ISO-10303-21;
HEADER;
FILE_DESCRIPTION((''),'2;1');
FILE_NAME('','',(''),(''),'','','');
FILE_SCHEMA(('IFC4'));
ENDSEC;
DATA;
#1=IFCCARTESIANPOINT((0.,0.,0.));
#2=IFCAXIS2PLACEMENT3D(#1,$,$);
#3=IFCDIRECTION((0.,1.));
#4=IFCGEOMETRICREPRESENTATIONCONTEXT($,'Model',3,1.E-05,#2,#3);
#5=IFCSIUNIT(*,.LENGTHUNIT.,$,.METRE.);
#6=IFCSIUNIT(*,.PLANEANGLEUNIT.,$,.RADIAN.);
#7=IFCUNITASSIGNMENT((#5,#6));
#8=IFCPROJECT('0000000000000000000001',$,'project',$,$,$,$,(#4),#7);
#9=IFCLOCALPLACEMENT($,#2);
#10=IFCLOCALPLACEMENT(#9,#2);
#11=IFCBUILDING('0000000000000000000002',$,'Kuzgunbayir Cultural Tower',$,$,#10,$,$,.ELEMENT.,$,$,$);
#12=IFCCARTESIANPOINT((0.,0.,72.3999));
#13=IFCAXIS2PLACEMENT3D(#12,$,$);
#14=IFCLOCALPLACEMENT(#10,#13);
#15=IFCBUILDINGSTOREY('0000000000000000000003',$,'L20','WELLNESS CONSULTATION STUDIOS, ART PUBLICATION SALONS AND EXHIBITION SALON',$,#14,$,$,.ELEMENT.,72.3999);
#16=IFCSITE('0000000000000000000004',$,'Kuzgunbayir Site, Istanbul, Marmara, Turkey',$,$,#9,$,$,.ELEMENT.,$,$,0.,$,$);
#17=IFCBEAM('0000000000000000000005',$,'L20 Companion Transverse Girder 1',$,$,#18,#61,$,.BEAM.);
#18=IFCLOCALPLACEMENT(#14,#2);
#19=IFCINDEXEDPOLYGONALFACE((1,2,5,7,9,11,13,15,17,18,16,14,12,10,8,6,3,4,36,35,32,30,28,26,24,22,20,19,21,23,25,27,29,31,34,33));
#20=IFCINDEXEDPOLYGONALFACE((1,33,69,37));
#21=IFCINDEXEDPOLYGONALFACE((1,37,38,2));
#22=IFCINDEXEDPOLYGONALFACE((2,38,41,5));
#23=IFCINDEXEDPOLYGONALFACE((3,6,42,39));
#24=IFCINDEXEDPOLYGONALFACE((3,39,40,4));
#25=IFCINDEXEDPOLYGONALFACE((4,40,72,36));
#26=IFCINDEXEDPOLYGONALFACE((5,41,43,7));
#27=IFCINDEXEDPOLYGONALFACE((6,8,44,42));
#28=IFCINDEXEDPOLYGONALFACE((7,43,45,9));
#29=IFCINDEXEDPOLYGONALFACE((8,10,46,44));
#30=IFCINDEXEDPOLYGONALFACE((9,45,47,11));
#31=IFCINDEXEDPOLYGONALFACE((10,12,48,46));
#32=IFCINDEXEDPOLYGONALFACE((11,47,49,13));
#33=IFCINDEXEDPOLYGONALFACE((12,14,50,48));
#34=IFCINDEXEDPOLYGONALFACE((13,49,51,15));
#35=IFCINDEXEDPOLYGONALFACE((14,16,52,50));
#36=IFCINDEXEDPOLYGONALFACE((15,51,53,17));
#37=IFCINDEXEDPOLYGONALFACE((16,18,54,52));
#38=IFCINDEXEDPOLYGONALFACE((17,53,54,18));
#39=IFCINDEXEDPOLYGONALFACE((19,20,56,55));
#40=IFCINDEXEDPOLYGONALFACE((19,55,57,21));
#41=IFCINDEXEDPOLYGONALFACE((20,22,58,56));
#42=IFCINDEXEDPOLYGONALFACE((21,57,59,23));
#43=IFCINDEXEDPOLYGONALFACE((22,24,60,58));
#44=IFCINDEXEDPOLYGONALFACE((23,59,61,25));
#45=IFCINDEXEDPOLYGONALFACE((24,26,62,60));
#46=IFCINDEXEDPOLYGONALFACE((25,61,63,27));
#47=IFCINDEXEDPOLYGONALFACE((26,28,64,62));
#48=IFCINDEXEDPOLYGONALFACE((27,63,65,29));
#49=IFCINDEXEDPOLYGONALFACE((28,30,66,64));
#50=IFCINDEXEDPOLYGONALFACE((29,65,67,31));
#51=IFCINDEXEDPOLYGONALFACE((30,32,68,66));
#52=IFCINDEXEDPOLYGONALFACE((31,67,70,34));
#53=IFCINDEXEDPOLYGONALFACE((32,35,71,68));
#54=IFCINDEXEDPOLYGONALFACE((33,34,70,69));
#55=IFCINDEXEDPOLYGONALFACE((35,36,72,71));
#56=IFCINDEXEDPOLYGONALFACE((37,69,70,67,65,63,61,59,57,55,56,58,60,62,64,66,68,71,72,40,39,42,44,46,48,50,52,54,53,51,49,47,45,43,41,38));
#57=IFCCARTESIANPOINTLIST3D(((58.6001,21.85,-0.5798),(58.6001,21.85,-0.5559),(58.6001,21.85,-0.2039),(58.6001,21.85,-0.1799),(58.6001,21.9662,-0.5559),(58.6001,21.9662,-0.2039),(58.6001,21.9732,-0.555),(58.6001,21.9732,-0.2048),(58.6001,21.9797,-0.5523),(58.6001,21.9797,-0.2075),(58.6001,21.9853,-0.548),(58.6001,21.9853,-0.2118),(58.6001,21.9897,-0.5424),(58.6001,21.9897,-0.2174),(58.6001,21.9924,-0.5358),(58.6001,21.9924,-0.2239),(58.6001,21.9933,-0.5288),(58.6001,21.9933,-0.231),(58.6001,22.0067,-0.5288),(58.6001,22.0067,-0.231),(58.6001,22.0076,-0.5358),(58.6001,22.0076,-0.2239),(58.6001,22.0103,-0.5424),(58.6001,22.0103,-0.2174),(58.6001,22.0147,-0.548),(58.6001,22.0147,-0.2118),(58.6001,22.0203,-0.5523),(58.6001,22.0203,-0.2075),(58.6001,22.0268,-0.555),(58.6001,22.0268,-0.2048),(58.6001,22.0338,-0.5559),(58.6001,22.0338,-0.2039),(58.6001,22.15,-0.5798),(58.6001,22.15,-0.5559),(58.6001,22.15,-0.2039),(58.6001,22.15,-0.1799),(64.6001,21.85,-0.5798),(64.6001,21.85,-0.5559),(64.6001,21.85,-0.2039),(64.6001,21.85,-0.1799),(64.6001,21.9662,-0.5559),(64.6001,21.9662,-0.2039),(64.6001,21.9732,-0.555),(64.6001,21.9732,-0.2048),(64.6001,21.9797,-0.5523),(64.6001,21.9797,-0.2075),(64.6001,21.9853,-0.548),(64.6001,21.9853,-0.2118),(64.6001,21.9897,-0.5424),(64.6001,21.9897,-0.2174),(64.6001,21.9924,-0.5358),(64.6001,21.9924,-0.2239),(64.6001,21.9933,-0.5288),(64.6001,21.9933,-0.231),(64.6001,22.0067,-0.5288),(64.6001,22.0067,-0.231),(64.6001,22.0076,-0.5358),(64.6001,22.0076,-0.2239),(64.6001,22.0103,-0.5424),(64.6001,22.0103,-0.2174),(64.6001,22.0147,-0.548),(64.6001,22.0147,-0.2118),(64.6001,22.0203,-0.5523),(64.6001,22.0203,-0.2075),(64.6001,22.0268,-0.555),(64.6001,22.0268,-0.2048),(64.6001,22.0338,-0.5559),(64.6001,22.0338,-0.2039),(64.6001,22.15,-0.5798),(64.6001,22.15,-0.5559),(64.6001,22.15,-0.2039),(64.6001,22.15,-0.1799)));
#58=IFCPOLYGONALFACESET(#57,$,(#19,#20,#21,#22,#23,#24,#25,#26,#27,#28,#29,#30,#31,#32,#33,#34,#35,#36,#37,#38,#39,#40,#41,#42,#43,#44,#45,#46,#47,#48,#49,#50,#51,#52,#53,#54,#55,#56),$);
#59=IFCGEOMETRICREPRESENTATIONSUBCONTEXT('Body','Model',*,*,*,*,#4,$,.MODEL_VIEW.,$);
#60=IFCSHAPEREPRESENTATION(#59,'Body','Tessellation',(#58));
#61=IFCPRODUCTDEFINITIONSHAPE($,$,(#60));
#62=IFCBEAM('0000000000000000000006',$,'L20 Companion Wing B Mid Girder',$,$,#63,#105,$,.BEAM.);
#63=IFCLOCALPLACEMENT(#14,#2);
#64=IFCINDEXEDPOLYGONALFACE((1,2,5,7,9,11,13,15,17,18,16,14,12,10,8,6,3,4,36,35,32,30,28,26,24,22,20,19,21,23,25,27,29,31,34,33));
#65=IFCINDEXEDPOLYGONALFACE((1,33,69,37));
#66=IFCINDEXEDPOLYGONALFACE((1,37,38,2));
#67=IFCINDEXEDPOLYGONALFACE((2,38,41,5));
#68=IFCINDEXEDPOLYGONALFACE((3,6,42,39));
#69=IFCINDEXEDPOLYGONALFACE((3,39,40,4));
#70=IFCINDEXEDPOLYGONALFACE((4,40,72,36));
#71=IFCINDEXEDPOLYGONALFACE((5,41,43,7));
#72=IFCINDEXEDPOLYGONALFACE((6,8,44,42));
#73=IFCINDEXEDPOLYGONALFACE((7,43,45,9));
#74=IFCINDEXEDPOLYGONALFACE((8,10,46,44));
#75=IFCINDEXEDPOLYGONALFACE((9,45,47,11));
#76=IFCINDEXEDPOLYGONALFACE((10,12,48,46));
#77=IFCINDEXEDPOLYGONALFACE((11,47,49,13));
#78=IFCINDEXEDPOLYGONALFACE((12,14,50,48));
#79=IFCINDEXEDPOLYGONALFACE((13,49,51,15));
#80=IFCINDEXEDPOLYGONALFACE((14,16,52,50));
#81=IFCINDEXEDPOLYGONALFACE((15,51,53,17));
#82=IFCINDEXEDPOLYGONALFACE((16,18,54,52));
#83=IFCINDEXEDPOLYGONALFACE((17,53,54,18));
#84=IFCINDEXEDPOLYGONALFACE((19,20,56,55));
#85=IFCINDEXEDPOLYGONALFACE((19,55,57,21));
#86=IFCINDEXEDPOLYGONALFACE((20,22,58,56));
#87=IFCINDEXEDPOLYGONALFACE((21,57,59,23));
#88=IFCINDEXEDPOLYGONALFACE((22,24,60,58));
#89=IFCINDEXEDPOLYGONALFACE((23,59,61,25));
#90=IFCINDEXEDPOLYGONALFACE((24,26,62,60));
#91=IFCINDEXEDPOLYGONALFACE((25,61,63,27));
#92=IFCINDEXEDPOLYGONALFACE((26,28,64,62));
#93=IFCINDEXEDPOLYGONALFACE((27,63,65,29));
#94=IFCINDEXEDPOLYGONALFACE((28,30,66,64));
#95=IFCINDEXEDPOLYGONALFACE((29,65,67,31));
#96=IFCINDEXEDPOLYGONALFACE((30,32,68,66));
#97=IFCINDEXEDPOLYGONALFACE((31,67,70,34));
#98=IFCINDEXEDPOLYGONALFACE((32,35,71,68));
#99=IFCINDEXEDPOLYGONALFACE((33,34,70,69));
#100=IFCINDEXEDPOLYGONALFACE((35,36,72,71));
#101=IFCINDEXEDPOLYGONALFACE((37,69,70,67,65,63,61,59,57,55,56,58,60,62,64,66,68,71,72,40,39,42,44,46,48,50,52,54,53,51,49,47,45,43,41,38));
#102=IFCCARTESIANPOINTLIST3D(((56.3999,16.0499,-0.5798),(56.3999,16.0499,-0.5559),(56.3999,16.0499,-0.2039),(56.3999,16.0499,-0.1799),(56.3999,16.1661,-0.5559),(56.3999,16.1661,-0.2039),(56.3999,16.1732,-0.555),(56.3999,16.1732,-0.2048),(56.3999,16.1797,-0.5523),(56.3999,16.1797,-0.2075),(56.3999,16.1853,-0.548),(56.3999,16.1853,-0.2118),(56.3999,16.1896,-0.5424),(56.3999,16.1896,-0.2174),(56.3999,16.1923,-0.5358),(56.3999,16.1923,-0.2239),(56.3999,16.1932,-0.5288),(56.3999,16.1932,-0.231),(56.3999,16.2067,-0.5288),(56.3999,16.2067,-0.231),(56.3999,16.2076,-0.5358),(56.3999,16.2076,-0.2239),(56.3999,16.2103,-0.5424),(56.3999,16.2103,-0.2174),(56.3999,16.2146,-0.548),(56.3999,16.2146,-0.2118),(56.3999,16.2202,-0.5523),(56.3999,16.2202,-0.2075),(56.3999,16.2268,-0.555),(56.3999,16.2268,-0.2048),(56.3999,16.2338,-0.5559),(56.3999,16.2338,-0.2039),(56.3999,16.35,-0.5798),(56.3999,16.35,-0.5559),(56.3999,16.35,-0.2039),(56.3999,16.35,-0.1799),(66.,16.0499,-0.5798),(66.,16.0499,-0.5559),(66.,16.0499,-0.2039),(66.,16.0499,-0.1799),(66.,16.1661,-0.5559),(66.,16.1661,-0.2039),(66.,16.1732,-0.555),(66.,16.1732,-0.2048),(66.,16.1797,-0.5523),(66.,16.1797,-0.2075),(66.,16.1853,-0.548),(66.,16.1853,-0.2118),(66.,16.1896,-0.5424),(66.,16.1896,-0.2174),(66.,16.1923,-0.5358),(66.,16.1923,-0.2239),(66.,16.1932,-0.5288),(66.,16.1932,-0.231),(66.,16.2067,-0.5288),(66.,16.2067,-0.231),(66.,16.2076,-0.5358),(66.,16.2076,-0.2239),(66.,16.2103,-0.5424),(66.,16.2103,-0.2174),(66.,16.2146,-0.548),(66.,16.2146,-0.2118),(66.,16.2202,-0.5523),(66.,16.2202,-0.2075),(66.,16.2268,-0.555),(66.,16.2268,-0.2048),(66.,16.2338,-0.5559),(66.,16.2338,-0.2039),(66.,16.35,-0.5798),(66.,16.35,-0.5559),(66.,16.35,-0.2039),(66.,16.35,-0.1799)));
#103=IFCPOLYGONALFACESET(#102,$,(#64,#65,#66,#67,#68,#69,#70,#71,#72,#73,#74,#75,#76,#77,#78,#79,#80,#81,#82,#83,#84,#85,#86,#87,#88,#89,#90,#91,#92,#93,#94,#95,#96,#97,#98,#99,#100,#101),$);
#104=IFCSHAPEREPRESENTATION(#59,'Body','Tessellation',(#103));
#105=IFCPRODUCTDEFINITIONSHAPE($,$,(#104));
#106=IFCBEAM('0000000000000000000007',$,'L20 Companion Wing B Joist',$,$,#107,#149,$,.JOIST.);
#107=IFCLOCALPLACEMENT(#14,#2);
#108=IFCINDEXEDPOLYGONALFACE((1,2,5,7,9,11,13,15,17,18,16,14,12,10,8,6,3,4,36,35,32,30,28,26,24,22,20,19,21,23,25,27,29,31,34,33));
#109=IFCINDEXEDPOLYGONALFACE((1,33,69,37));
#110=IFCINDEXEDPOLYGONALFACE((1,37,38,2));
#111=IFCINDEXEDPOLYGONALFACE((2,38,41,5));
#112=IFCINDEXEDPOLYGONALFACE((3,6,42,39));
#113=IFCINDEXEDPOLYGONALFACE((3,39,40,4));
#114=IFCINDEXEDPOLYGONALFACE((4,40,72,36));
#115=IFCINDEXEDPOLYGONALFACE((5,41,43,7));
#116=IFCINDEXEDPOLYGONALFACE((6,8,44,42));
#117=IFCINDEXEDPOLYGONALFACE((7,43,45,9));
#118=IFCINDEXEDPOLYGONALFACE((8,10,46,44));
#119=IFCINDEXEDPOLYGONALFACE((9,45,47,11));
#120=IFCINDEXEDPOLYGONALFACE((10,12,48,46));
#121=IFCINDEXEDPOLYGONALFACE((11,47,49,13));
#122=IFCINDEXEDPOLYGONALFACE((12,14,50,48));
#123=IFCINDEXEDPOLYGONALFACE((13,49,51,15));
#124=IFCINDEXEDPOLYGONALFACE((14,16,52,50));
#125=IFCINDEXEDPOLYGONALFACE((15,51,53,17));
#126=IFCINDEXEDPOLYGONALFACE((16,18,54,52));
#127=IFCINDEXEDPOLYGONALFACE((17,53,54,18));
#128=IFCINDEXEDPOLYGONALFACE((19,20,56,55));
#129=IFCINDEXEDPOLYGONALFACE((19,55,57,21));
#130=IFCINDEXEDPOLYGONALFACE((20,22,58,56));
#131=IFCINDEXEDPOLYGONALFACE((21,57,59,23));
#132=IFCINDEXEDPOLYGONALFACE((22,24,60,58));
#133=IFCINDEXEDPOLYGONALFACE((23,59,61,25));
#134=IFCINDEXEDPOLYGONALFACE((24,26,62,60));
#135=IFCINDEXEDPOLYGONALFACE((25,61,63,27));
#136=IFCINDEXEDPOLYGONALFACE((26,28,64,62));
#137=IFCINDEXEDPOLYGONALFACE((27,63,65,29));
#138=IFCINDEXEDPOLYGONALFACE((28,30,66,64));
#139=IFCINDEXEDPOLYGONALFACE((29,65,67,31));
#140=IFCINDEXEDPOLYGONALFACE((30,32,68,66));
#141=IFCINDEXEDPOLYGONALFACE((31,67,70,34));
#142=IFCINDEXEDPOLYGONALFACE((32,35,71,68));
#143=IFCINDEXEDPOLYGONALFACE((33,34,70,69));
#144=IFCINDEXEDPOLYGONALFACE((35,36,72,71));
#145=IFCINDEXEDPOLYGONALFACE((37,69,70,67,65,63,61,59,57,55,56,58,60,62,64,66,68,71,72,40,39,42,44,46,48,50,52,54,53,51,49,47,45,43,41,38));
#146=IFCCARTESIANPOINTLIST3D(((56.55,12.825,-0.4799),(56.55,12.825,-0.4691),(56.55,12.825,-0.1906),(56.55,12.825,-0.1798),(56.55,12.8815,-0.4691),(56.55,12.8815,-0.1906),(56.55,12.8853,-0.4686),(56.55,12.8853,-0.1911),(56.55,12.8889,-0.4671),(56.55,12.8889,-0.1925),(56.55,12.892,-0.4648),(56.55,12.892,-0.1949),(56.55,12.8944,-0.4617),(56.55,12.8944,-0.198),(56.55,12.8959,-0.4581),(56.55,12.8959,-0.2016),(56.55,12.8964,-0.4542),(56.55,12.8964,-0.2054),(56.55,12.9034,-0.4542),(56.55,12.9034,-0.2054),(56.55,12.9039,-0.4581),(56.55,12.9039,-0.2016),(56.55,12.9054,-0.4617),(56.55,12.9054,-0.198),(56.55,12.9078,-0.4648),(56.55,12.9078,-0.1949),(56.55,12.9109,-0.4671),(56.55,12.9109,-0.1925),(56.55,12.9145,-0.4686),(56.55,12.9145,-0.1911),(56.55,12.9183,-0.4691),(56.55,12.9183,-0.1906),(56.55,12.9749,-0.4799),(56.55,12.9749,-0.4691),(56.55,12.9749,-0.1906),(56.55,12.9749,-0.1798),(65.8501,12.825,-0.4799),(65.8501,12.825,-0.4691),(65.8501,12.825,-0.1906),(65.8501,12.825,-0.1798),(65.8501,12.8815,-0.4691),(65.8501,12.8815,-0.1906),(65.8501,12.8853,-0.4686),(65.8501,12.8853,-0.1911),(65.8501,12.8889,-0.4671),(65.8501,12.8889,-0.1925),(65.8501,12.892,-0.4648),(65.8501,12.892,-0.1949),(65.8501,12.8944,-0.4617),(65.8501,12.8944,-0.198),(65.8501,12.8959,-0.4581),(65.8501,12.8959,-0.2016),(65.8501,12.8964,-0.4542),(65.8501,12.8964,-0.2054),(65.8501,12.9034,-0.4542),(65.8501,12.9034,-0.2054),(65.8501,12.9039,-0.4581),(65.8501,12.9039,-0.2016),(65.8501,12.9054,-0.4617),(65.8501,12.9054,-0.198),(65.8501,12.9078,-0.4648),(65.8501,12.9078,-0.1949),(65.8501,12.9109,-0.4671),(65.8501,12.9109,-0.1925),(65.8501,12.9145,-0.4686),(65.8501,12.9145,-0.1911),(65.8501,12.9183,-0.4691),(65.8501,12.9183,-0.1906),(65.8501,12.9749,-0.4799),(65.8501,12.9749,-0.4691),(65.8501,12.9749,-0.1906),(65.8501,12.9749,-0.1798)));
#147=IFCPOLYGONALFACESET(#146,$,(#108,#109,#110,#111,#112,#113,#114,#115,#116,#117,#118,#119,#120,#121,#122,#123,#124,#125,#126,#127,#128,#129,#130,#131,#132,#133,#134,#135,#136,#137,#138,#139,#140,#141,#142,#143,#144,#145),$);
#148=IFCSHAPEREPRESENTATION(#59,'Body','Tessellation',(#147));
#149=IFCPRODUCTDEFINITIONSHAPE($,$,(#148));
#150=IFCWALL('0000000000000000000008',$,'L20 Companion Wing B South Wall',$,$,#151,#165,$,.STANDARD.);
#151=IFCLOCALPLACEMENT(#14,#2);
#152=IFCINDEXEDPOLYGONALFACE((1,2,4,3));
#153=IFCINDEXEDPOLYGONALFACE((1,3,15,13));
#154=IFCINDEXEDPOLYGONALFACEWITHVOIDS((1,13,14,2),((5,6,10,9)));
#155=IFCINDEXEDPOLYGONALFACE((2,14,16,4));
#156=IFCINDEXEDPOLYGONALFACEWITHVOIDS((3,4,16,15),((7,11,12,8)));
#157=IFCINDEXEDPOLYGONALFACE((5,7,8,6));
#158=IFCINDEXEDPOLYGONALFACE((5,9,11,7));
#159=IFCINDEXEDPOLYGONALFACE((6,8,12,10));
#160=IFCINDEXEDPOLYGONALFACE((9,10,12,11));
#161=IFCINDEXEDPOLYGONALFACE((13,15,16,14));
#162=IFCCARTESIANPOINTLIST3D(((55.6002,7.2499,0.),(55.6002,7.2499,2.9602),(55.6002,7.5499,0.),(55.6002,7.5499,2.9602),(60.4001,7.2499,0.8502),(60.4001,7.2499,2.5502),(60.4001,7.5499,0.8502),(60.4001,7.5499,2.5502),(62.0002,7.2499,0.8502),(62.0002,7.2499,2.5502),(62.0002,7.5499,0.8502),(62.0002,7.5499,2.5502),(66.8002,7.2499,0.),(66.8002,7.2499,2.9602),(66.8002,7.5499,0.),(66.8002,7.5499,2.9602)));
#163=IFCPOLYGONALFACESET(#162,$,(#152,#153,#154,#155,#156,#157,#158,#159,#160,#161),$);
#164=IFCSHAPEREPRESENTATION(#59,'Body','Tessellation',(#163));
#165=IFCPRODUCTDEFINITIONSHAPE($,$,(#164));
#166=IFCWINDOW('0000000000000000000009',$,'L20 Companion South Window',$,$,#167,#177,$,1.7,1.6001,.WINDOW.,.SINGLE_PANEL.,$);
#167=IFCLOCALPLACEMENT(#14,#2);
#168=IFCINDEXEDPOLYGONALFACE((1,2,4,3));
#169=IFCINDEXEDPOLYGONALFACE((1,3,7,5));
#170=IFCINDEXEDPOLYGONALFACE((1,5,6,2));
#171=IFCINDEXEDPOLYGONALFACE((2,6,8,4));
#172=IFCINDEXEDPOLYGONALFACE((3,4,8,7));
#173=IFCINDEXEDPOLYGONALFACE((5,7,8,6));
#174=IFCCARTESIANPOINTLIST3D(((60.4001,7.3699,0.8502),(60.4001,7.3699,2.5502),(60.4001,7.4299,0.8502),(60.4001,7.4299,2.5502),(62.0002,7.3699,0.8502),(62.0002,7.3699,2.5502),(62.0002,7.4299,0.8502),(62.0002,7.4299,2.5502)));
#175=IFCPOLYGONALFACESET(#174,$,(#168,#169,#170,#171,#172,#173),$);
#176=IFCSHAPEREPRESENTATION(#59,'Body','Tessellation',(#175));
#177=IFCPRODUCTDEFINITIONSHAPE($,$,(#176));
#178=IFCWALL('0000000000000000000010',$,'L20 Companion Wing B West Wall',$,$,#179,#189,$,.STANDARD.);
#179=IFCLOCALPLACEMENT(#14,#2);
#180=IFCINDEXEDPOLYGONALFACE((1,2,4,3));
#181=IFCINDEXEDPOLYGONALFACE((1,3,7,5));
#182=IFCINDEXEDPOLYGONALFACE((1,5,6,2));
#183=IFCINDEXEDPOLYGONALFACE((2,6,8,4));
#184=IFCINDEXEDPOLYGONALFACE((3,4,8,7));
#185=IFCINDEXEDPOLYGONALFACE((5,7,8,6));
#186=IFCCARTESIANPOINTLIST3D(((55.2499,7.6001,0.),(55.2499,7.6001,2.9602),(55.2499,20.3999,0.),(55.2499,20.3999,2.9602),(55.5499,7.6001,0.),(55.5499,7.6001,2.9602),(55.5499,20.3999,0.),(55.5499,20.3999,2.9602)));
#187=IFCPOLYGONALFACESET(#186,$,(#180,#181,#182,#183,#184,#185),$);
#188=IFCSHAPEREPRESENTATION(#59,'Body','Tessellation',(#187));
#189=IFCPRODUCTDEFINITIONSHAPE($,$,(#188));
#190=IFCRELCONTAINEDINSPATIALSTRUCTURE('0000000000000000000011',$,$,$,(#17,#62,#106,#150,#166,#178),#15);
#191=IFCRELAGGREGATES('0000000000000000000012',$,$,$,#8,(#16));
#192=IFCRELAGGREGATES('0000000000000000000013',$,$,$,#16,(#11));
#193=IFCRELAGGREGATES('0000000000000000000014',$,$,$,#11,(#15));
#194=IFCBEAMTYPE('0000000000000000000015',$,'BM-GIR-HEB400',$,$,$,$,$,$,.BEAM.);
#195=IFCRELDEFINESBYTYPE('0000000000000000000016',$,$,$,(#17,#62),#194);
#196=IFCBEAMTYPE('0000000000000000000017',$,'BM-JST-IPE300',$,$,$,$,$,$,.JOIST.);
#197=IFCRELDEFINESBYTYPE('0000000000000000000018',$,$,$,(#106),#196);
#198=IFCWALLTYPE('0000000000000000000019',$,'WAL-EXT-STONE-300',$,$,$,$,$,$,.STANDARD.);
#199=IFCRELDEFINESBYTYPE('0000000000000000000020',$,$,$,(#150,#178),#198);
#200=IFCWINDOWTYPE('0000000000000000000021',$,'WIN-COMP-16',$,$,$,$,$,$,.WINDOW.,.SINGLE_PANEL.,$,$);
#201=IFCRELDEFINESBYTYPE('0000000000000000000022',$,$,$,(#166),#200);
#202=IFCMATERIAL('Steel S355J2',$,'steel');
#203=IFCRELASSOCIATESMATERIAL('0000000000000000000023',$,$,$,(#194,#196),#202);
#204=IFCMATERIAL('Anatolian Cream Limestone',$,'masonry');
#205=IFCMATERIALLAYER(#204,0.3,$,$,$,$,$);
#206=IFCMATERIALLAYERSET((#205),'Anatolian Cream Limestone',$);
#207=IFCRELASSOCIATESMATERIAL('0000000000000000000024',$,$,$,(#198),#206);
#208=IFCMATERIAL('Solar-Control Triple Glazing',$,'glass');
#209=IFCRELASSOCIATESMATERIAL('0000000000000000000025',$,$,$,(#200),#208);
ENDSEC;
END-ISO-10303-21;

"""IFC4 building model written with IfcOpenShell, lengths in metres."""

from ifc_helpers import new_model, si_unit, direction, frame, frame_2d, origin, origin_2d, place, context, subcontext, project, spatial, rectangle, i_section, extrude, material, layer, layer_set, material_profile, profile_set, type_object, element, fill, save


model = new_model("IFC4")

# Units and contexts
model_context = context("Model", 3, precision=1e-05, world=origin(), true_north=direction((0.0, 1.0)))
body_context = subcontext(model_context, "Body", "Model", "MODEL_VIEW")
ifc_project = project(units=[si_unit("LENGTHUNIT", "METRE"), si_unit("PLANEANGLEUNIT", "RADIAN")], contexts=[model_context])

# Site, building, storey
site_placement = place(None, origin())
site = spatial("IfcSite", under=ifc_project, at=site_placement, Name="Kuzgunbayir Site, Istanbul, Marmara, Turkey", CompositionType="ELEMENT", RefElevation=0.0)
building_placement = place(site_placement, origin())
building = spatial("IfcBuilding", under=site, at=building_placement, Name="Kuzgunbayir Cultural Tower", CompositionType="ELEMENT")
storey_placement = place(building_placement, frame((0.0, 0.0, 72.3999)))
storey = spatial("IfcBuildingStorey", under=building, at=storey_placement, Name="L20", Description="WELLNESS CONSULTATION STUDIOS, ART PUBLICATION SALONS AND EXHIBITION SALON", CompositionType="ELEMENT", Elevation=72.3999)

# Beams
ifc_material_1 = material(Name="Steel S355J2", Category="steel")
ifc_material_profile_1 = material_profile(ifc_material_1, i_section(OverallWidth=0.3, OverallDepth=0.3999, WebThickness=0.0134, FlangeThickness=0.0239, FilletRadius=0.0271, at=origin_2d()), Name="HEB 400")
ifc_profile_set_1 = profile_set([ifc_material_profile_1], Name="Steel S355J2")
beam_type_1 = type_object("IfcBeamType", Name="BM-GIR-HEB400", PredefinedType="BEAM", material=ifc_profile_set_1)
beam_1_placement = place(storey_placement, frame((58.6001, 22.0, -0.3799), z_axis=(1.0, 0.0, 0.0), x_axis=(0.0, 1.0, 0.0)))
element("IfcBeam", 1, at=beam_1_placement, inside=storey, type_object=beam_type_1, Name="L20 Companion Transverse Girder 1", PredefinedType="BEAM", context=body_context, shape_type="SweptSolid", body=[
    extrude(i_section(OverallWidth=0.3, OverallDepth=0.3999, WebThickness=0.0134, FlangeThickness=0.0239, FilletRadius=0.0271, at=origin_2d()), origin(), (0.0, 0.0, 1.0), 6.0),
])
beam_2_placement = place(storey_placement, frame((56.3999, 16.2, -0.3799), z_axis=(1.0, 0.0, 0.0), x_axis=(0.0, 1.0, 0.0)))
element("IfcBeam", 2, at=beam_2_placement, inside=storey, type_object=beam_type_1, Name="L20 Companion Wing B Mid Girder", PredefinedType="BEAM", context=body_context, shape_type="SweptSolid", body=[
    extrude(i_section(OverallWidth=0.3, OverallDepth=0.3999, WebThickness=0.0134, FlangeThickness=0.0239, FilletRadius=0.0271, at=origin_2d()), origin(), (0.0, 0.0, 1.0), 9.6001),
])
ifc_material_profile_2 = material_profile(ifc_material_1, i_section(OverallWidth=0.1499, OverallDepth=0.3, WebThickness=0.0071, FlangeThickness=0.0107, FilletRadius=0.0149, at=origin_2d()), Name="IPE 300")
ifc_profile_set_2 = profile_set([ifc_material_profile_2], Name="Steel S355J2")
beam_type_2 = type_object("IfcBeamType", Name="BM-JST-IPE300", PredefinedType="JOIST", material=ifc_profile_set_2)
beam_3_placement = place(storey_placement, frame((56.55, 12.8999, -0.3298), z_axis=(1.0, 0.0, 0.0), x_axis=(0.0, 1.0, 0.0)))
element("IfcBeam", 3, at=beam_3_placement, inside=storey, type_object=beam_type_2, Name="L20 Companion Wing B Joist", PredefinedType="JOIST", context=body_context, shape_type="SweptSolid", body=[
    extrude(i_section(OverallWidth=0.1499, OverallDepth=0.3, WebThickness=0.0071, FlangeThickness=0.0107, FilletRadius=0.0149, at=origin_2d()), origin(), (0.0, 0.0, 1.0), 9.3),
])

# Wall, opening, window
ifc_material_2 = material(Name="Anatolian Cream Limestone", Category="masonry")
ifc_layer_1 = layer(ifc_material_2, 0.3)
ifc_layer_set_1 = layer_set([ifc_layer_1], Name="Anatolian Cream Limestone")
wall_type_1 = type_object("IfcWallType", Name="WAL-EXT-STONE-300", PredefinedType="STANDARD", material=ifc_layer_set_1)
wall_1_placement = place(storey_placement, frame((55.6001, 7.3999, 0.0), z_axis=(0.0, 0.0, 1.0), x_axis=(1.0, 0.0, 0.0)))
wall_1 = element("IfcWall", 4, at=wall_1_placement, inside=storey, type_object=wall_type_1, Name="L20 Companion Wing B South Wall", PredefinedType="STANDARD", context=body_context, shape_type="SweptSolid", body=[
    extrude(rectangle(XDim=11.2, YDim=0.3, at=frame_2d((5.6001, 0.0))), origin(), (0.0, 0.0, 1.0), 2.9602),
])
opening_1_placement = place(wall_1_placement, frame((4.8, 0.0, 0.8501)))
opening_1 = element("IfcOpeningElement", 5, at=opening_1_placement, cuts=wall_1, PredefinedType="OPENING", context=body_context, shape_type="SweptSolid", body=[
    extrude(rectangle(XDim=1.6001, YDim=1.7, at=frame_2d((0.8, 0.8501))), frame((0.0, 0.1602, 0.0), z_axis=(0.0, -1.0, 0.0), x_axis=(1.0, 0.0, 0.0)), (0.0, 0.0, 1.0), 0.3201),
])
ifc_material_3 = material(Name="Solar-Control Triple Glazing", Category="glass")
window_type_1 = type_object("IfcWindowType", Name="WIN-COMP-16", PartitioningType="SINGLE_PANEL", PredefinedType="WINDOW", material=ifc_material_3)
window_1_placement = place(opening_1_placement, origin())
window_1 = element("IfcWindow", 6, at=window_1_placement, inside=storey, type_object=window_type_1, Name="L20 Companion South Window", OverallHeight=1.7, OverallWidth=1.6001, PartitioningType="SINGLE_PANEL", PredefinedType="WINDOW", context=body_context, shape_type="SweptSolid", body=[
    extrude(rectangle(XDim=1.6001, YDim=1.7, at=frame_2d((0.8, 0.8501))), frame((0.0, 0.03, 0.0), z_axis=(0.0, -1.0, 0.0), x_axis=(1.0, 0.0, 0.0)), (0.0, 0.0, 1.0), 0.0601),
])
fill(opening_1, window_1)

# Wall
wall_2_placement = place(storey_placement, frame((55.3999, 20.3999, 0.0), z_axis=(0.0, 0.0, 1.0), x_axis=(0.0, -1.0, 0.0)))
element("IfcWall", 7, at=wall_2_placement, inside=storey, type_object=wall_type_1, Name="L20 Companion Wing B West Wall", PredefinedType="STANDARD", context=body_context, shape_type="SweptSolid", body=[
    extrude(rectangle(XDim=12.7998, YDim=0.3, at=frame_2d((6.3999, 0.0))), origin(), (0.0, 0.0, 1.0), 2.9602),
])

save(model, "model.ifc")
